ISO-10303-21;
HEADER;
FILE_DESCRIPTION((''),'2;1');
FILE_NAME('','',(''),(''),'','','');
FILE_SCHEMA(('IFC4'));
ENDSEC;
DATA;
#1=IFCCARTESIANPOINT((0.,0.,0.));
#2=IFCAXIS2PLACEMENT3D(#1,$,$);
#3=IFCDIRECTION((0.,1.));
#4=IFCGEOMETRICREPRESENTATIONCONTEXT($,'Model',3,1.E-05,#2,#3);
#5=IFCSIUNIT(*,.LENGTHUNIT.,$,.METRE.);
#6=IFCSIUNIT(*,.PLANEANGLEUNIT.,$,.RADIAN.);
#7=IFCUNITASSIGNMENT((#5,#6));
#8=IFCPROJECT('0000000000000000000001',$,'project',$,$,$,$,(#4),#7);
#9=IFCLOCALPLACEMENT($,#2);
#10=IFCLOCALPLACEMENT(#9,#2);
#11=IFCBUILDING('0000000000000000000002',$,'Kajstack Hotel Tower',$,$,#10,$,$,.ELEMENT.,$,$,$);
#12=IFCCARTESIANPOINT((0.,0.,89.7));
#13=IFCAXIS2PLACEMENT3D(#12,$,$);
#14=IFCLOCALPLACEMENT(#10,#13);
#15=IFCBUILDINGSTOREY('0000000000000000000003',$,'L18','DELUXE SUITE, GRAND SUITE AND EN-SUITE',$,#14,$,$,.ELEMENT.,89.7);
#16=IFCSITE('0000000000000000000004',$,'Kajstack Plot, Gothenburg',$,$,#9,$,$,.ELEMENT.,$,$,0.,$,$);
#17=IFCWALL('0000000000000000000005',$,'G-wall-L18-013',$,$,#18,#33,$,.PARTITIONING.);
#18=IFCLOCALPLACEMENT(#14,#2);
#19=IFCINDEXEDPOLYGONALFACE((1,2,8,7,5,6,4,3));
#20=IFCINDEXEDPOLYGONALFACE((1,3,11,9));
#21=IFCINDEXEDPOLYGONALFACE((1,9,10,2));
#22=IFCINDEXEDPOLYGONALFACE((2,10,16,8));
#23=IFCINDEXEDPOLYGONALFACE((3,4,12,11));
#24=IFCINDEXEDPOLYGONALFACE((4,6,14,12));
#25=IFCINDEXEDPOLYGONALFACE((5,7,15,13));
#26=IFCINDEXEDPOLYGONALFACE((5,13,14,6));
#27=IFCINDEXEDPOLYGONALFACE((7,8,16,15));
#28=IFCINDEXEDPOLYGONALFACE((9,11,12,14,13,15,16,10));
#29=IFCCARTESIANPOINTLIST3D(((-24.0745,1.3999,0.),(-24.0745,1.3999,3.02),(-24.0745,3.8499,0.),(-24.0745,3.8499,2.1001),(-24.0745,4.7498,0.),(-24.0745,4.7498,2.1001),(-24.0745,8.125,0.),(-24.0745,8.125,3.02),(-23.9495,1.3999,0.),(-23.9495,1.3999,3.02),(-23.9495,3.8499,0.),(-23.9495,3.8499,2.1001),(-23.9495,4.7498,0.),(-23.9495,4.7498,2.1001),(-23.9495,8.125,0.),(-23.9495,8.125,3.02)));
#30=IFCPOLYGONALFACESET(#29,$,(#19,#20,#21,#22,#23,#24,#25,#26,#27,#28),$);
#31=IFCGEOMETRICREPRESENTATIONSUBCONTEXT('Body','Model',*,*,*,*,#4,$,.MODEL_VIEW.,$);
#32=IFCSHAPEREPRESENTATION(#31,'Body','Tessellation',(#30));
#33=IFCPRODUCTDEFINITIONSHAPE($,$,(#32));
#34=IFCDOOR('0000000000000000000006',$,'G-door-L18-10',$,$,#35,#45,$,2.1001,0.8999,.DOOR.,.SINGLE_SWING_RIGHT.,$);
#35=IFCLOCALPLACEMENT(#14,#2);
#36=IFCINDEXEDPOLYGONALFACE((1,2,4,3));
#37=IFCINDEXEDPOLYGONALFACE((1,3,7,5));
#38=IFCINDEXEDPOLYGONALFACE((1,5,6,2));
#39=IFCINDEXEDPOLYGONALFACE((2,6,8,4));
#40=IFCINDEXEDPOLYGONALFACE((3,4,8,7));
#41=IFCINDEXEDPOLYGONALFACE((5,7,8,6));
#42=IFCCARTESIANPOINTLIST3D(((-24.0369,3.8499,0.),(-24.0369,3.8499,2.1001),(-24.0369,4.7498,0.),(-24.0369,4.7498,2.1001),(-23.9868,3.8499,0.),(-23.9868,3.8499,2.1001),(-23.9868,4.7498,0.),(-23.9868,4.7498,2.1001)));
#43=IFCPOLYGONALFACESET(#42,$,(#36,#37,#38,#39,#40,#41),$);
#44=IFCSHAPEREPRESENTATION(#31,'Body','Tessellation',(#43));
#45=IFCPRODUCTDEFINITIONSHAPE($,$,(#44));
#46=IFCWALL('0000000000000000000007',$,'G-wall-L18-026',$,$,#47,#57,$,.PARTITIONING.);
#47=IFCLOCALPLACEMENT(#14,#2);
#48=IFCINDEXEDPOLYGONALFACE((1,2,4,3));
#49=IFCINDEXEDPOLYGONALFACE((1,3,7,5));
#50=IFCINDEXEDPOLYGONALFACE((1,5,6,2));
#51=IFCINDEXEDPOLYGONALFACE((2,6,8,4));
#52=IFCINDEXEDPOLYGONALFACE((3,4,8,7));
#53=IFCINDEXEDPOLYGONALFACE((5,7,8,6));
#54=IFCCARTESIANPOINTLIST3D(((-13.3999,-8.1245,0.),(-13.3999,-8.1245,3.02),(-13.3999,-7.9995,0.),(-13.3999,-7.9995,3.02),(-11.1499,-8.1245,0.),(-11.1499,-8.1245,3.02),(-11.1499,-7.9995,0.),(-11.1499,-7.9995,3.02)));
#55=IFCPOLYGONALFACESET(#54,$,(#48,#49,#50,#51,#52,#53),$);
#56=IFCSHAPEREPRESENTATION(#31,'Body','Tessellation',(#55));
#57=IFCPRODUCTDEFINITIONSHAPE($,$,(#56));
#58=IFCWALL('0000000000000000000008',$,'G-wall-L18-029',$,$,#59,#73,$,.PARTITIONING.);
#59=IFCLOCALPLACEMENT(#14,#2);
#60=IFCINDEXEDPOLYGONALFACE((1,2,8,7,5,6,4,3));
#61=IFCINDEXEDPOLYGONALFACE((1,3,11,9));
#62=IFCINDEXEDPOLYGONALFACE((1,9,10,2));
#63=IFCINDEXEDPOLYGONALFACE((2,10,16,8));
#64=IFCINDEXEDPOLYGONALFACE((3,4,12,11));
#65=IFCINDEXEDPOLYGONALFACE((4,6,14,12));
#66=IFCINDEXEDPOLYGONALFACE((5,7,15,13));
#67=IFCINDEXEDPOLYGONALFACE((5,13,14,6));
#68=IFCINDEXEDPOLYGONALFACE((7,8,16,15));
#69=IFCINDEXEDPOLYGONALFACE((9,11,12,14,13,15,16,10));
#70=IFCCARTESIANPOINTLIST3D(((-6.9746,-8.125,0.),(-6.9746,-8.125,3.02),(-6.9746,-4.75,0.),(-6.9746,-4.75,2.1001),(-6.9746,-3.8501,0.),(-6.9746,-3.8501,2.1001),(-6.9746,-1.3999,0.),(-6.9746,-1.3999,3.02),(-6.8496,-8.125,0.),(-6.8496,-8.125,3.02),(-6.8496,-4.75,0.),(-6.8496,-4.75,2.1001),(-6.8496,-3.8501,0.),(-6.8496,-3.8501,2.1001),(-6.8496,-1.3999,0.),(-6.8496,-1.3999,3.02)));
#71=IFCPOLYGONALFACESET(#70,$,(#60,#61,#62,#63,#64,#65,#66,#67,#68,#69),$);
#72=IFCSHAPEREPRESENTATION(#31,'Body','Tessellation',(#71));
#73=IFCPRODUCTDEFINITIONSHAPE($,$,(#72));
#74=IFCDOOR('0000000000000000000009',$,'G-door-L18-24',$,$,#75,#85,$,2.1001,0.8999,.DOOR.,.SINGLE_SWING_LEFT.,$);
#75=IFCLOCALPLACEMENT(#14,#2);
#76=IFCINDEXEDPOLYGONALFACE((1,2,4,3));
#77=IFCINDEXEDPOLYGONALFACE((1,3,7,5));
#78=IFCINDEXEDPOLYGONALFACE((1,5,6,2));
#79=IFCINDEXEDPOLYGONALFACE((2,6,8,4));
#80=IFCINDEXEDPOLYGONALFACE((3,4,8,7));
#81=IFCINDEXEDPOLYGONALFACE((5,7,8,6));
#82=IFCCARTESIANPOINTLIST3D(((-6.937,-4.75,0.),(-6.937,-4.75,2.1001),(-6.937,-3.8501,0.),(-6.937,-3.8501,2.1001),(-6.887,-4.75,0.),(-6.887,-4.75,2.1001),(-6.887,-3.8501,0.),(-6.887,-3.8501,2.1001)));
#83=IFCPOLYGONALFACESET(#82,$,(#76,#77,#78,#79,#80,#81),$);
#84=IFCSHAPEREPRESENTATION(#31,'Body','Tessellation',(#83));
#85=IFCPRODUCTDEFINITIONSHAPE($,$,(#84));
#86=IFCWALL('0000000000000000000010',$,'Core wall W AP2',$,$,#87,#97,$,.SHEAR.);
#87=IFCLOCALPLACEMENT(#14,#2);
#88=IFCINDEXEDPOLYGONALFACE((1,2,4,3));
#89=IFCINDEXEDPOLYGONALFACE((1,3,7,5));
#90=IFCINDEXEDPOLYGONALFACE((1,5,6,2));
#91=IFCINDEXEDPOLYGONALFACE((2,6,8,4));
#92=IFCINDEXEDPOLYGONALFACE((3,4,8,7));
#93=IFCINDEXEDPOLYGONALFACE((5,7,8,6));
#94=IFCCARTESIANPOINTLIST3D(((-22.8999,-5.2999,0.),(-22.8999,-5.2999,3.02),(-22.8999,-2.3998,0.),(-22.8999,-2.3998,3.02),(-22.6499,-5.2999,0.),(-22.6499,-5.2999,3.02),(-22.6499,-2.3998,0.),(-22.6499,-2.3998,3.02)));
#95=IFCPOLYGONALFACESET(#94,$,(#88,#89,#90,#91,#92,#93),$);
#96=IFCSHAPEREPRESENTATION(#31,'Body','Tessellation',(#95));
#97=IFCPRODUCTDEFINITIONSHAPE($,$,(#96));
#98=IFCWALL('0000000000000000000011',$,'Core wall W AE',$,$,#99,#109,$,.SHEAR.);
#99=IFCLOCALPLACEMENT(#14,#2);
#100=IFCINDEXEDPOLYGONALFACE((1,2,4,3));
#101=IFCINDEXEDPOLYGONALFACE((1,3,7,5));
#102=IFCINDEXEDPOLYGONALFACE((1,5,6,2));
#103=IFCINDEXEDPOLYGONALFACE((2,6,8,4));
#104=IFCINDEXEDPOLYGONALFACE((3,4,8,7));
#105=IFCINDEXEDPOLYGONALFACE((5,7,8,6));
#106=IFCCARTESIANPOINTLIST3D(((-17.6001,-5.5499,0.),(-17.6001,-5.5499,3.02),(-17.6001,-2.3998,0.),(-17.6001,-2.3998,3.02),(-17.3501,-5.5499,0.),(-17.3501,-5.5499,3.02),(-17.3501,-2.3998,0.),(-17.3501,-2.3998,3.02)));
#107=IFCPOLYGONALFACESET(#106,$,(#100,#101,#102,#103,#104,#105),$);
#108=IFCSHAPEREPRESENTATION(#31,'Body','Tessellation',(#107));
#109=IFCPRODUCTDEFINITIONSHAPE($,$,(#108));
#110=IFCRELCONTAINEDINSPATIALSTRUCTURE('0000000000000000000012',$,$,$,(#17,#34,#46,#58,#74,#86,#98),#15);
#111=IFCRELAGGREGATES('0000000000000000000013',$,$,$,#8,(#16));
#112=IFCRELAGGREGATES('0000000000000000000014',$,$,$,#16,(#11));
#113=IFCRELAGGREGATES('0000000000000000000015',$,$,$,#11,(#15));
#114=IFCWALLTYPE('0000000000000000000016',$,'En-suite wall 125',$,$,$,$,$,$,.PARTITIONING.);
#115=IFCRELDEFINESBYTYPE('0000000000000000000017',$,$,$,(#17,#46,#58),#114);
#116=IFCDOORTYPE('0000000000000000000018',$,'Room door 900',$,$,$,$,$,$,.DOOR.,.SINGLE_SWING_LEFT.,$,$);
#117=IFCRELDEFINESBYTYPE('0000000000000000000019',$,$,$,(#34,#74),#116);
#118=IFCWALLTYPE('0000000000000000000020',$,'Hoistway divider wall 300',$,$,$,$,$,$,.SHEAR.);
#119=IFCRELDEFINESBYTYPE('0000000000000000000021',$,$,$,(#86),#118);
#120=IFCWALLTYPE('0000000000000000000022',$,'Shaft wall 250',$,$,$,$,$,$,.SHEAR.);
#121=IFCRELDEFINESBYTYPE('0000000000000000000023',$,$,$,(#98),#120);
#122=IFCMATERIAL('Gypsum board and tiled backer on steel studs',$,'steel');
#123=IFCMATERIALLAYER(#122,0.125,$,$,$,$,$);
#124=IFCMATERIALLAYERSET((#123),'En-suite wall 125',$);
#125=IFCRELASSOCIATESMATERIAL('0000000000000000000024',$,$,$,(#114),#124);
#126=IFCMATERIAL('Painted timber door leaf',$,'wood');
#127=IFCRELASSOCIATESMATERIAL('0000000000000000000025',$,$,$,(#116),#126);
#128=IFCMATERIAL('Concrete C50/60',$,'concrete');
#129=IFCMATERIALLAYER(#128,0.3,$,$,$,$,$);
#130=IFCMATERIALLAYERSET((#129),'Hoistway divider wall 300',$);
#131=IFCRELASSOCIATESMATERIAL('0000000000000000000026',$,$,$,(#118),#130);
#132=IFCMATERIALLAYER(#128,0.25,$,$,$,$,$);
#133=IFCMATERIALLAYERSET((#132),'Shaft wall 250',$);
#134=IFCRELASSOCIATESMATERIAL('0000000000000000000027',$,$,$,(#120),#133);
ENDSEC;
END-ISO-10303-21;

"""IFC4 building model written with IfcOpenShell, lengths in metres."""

from ifc_helpers import new_model, si_unit, direction, frame, frame_2d, origin, place, context, subcontext, project, spatial, rectangle, extrude, material, layer, layer_set, type_object, element, fill, save


model = new_model("IFC4")

# Units and contexts
model_context = context("Model", 3, precision=1e-05, world=origin(), true_north=direction((0.0, 1.0)))
body_context = subcontext(model_context, "Body", "Model", "MODEL_VIEW")
ifc_project = project(units=[si_unit("LENGTHUNIT", "METRE"), si_unit("PLANEANGLEUNIT", "RADIAN")], contexts=[model_context])

# Site, building, storey
site_placement = place(None, origin())
site = spatial("IfcSite", under=ifc_project, at=site_placement, Name="Kajstack Plot, Gothenburg", CompositionType="ELEMENT", RefElevation=0.0)
building_placement = place(site_placement, origin())
building = spatial("IfcBuilding", under=site, at=building_placement, Name="Kajstack Hotel Tower", CompositionType="ELEMENT")
storey_placement = place(building_placement, frame((0.0, 0.0, 89.7)))
storey = spatial("IfcBuildingStorey", under=building, at=storey_placement, Name="L18", Description="DELUXE SUITE, GRAND SUITE AND EN-SUITE", CompositionType="ELEMENT", Elevation=89.7)

# Wall, opening, door
ifc_material_1 = material(Name="Gypsum board and tiled backer on steel studs", Category="steel")
ifc_layer_1 = layer(ifc_material_1, 0.125)
ifc_layer_set_1 = layer_set([ifc_layer_1], Name="En-suite wall 125")
wall_type_1 = type_object("IfcWallType", Name="En-suite wall 125", PredefinedType="PARTITIONING", material=ifc_layer_set_1)
wall_1_placement = place(storey_placement, frame((-24.012, 1.3999, 0.0), z_axis=(0.0, 0.0, 1.0), x_axis=(0.0, 1.0, 0.0)))
wall_1 = element("IfcWall", 1, at=wall_1_placement, inside=storey, type_object=wall_type_1, Name="G-wall-L18-013", PredefinedType="PARTITIONING", context=body_context, shape_type="SweptSolid", body=[
    extrude(rectangle(XDim=6.7251, YDim=0.125, at=frame_2d((3.3625, 0.0))), origin(), (0.0, 0.0, 1.0), 3.02),
])
opening_1_placement = place(wall_1_placement, frame((2.45, 0.0, 0.0)))
opening_1 = element("IfcOpeningElement", 2, at=opening_1_placement, cuts=wall_1, PredefinedType="OPENING", context=body_context, shape_type="SweptSolid", body=[
    extrude(rectangle(XDim=0.8999, YDim=2.1001, at=frame_2d((0.45, 1.05))), frame((0.0, 0.0725, 0.0), z_axis=(0.0, -1.0, 0.0), x_axis=(1.0, 0.0, 0.0)), (0.0, 0.0, 1.0), 0.145),
])
ifc_material_2 = material(Name="Painted timber door leaf", Category="wood")
door_type_1 = type_object("IfcDoorType", Name="Room door 900", OperationType="SINGLE_SWING_LEFT", PredefinedType="DOOR", material=ifc_material_2)
door_1_placement = place(opening_1_placement, origin())
door_1 = element("IfcDoor", 3, at=door_1_placement, inside=storey, type_object=door_type_1, Name="G-door-L18-10", OperationType="SINGLE_SWING_RIGHT", OverallHeight=2.1001, OverallWidth=0.8999, PredefinedType="DOOR", context=body_context, shape_type="SweptSolid", body=[
    extrude(rectangle(XDim=0.8999, YDim=2.1001, at=frame_2d((0.45, 1.05))), frame((0.0, 0.0249, 0.0), z_axis=(0.0, -1.0, 0.0), x_axis=(1.0, 0.0, 0.0)), (0.0, 0.0, 1.0), 0.05),
])
fill(opening_1, door_1)

# Wall
wall_2_placement = place(storey_placement, frame((-13.3999, -8.062, 0.0), z_axis=(0.0, 0.0, 1.0), x_axis=(1.0, 0.0, 0.0)))
element("IfcWall", 4, at=wall_2_placement, inside=storey, type_object=wall_type_1, Name="G-wall-L18-026", PredefinedType="PARTITIONING", context=body_context, shape_type="SweptSolid", body=[
    extrude(rectangle(XDim=2.25, YDim=0.125, at=frame_2d((1.125, 0.0))), origin(), (0.0, 0.0, 1.0), 3.02),
])

# Wall, opening, door
wall_3_placement = place(storey_placement, frame((-6.9121, -8.125, 0.0), z_axis=(0.0, 0.0, 1.0), x_axis=(0.0, 1.0, 0.0)))
wall_3 = element("IfcWall", 5, at=wall_3_placement, inside=storey, type_object=wall_type_1, Name="G-wall-L18-029", PredefinedType="PARTITIONING", context=body_context, shape_type="SweptSolid", body=[
    extrude(rectangle(XDim=6.7251, YDim=0.125, at=frame_2d((3.3625, 0.0))), origin(), (0.0, 0.0, 1.0), 3.02),
])
opening_2_placement = place(wall_3_placement, frame((3.375, 0.0, 0.0)))
opening_2 = element("IfcOpeningElement", 6, at=opening_2_placement, cuts=wall_3, PredefinedType="OPENING", context=body_context, shape_type="SweptSolid", body=[
    extrude(rectangle(XDim=0.8999, YDim=2.1001, at=frame_2d((0.45, 1.05))), frame((0.0, 0.0725, 0.0), z_axis=(0.0, -1.0, 0.0), x_axis=(1.0, 0.0, 0.0)), (0.0, 0.0, 1.0), 0.145),
])
door_2_placement = place(opening_2_placement, origin())
door_2 = element("IfcDoor", 7, at=door_2_placement, inside=storey, type_object=door_type_1, Name="G-door-L18-24", OperationType="SINGLE_SWING_LEFT", OverallHeight=2.1001, OverallWidth=0.8999, PredefinedType="DOOR", context=body_context, shape_type="SweptSolid", body=[
    extrude(rectangle(XDim=0.8999, YDim=2.1001, at=frame_2d((0.45, 1.05))), frame((0.0, 0.0249, 0.0), z_axis=(0.0, -1.0, 0.0), x_axis=(1.0, 0.0, 0.0)), (0.0, 0.0, 1.0), 0.05),
])
fill(opening_2, door_2)

# Walls
ifc_material_3 = material(Name="Concrete C50/60", Category="concrete")
ifc_layer_2 = layer(ifc_material_3, 0.3)
ifc_layer_set_2 = layer_set([ifc_layer_2], Name="Hoistway divider wall 300")
wall_type_2 = type_object("IfcWallType", Name="Hoistway divider wall 300", PredefinedType="SHEAR", material=ifc_layer_set_2)
wall_4_placement = place(storey_placement, frame((-22.7749, -5.3, 0.0), z_axis=(0.0, 0.0, 1.0), x_axis=(0.0, 1.0, 0.0)))
element("IfcWall", 8, at=wall_4_placement, inside=storey, type_object=wall_type_2, Name="Core wall W AP2", PredefinedType="SHEAR", context=body_context, shape_type="SweptSolid", body=[
    extrude(rectangle(XDim=2.9001, YDim=0.25, at=frame_2d((1.4502, 0.0))), origin(), (0.0, 0.0, 1.0), 3.02),
])
ifc_layer_3 = layer(ifc_material_3, 0.25)
ifc_layer_set_3 = layer_set([ifc_layer_3], Name="Shaft wall 250")
wall_type_3 = type_object("IfcWallType", Name="Shaft wall 250", PredefinedType="SHEAR", material=ifc_layer_set_3)
wall_5_placement = place(storey_placement, frame((-17.4751, -5.55, 0.0), z_axis=(0.0, 0.0, 1.0), x_axis=(0.0, 1.0, 0.0)))
element("IfcWall", 9, at=wall_5_placement, inside=storey, type_object=wall_type_3, Name="Core wall W AE", PredefinedType="SHEAR", context=body_context, shape_type="SweptSolid", body=[
    extrude(rectangle(XDim=3.1501, YDim=0.25, at=frame_2d((1.5752, 0.0))), origin(), (0.0, 0.0, 1.0), 3.02),
])

save(model, "model.ifc")
